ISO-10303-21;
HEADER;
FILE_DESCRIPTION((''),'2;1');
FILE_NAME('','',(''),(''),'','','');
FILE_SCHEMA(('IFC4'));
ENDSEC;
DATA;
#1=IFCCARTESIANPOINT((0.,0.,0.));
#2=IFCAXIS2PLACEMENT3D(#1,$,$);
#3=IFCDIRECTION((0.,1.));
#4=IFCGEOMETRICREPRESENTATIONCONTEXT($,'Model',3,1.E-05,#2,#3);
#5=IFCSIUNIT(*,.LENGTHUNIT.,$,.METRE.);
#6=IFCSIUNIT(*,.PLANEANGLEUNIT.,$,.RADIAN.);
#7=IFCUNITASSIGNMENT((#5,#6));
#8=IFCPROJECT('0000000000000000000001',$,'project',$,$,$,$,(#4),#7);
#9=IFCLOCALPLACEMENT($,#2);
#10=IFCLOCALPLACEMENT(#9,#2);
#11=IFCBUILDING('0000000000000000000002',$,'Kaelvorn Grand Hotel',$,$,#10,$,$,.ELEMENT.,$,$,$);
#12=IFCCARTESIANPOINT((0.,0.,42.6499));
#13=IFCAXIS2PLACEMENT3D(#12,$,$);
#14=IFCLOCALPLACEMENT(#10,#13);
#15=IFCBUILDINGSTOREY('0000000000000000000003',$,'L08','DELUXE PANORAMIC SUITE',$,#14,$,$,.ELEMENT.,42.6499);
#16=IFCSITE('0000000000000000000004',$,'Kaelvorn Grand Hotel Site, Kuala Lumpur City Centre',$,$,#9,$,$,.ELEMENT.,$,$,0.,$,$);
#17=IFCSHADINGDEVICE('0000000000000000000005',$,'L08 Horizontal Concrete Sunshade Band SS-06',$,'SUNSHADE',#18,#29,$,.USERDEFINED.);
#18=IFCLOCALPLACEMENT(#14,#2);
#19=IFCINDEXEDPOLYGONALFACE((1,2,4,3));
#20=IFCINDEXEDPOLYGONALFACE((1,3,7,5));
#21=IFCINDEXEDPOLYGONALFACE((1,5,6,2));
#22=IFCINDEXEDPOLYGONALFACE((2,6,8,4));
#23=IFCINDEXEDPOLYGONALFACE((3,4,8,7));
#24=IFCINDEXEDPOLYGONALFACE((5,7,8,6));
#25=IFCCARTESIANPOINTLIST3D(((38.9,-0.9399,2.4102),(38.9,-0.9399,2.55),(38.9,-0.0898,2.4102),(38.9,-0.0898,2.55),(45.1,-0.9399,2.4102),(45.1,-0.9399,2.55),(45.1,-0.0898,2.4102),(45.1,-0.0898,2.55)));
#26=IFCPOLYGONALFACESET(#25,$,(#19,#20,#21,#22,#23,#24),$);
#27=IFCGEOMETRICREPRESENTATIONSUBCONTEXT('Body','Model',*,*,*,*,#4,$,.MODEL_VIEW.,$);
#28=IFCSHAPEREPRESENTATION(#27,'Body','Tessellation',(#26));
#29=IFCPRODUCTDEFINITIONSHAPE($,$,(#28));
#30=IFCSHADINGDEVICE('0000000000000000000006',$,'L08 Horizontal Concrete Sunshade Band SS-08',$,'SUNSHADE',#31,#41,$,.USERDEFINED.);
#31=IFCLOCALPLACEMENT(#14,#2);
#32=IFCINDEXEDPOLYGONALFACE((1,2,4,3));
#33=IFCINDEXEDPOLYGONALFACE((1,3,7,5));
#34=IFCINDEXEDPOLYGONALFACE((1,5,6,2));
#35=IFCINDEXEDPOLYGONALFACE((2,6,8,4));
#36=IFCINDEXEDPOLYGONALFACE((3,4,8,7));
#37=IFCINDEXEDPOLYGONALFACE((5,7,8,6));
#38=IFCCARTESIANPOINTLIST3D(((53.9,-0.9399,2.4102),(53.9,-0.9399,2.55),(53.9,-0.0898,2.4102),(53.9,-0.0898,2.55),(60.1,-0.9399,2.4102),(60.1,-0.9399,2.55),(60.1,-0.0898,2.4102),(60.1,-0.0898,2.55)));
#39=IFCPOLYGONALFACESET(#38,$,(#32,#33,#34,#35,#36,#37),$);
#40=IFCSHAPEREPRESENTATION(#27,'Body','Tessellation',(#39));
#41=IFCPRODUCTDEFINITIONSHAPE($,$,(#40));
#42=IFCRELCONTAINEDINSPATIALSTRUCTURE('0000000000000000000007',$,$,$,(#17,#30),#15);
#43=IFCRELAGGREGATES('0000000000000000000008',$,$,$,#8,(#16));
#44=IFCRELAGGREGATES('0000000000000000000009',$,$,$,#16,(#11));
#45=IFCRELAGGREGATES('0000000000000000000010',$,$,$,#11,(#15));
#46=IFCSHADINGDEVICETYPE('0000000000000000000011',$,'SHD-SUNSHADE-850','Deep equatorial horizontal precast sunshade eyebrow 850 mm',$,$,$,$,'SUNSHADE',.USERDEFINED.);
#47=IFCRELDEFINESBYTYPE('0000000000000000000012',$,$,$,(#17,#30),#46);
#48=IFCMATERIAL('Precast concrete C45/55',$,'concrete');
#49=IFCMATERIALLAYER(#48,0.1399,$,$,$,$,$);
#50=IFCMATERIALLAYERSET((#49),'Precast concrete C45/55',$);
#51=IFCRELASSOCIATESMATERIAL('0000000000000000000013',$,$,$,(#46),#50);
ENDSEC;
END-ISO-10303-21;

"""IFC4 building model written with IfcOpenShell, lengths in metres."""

from ifc_helpers import new_model, si_unit, direction, frame, origin, origin_2d, place, context, subcontext, project, spatial, rectangle, extrude, material, layer, layer_set, type_object, element, save


model = new_model("IFC4")

# Units and contexts
model_context = context("Model", 3, precision=1e-05, world=origin(), true_north=direction((0.0, 1.0)))
body_context = subcontext(model_context, "Body", "Model", "MODEL_VIEW")
ifc_project = project(units=[si_unit("LENGTHUNIT", "METRE"), si_unit("PLANEANGLEUNIT", "RADIAN")], contexts=[model_context])

# Site, building, storey
site_placement = place(None, origin())
site = spatial("IfcSite", under=ifc_project, at=site_placement, Name="Kaelvorn Grand Hotel Site, Kuala Lumpur City Centre", CompositionType="ELEMENT", RefElevation=0.0)
building_placement = place(site_placement, origin())
building = spatial("IfcBuilding", under=site, at=building_placement, Name="Kaelvorn Grand Hotel", CompositionType="ELEMENT")
storey_placement = place(building_placement, frame((0.0, 0.0, 42.6499)))
storey = spatial("IfcBuildingStorey", under=building, at=storey_placement, Name="L08", Description="DELUXE PANORAMIC SUITE", CompositionType="ELEMENT", Elevation=42.6499)

# Shading devices
ifc_material_1 = material(Name="Precast concrete C45/55", Category="concrete")
ifc_layer_1 = layer(ifc_material_1, 0.1399)
ifc_layer_set_1 = layer_set([ifc_layer_1], Name="Precast concrete C45/55")
shading_device_type_1 = type_object("IfcShadingDeviceType", Name="SHD-SUNSHADE-850", Description="Deep equatorial horizontal precast sunshade eyebrow 850 mm", ElementType="SUNSHADE", PredefinedType="USERDEFINED", material=ifc_layer_set_1)
for number, where, z_axis, x_axis, name in (
    (1, (42.0, -0.5149, 2.4102), (0.0, 0.0, 1.0), (1.0, 0.0, 0.0), "L08 Horizontal Concrete Sunshade Band SS-06"),
    (2, (57.0, -0.5149, 2.4102), (0.0, 0.0, 1.0), (1.0, 0.0, 0.0), "L08 Horizontal Concrete Sunshade Band SS-08"),
):
    element("IfcShadingDevice", number, at=place(storey_placement, frame(where, z_axis=z_axis, x_axis=x_axis)), inside=storey, type_object=shading_device_type_1, Name=name, ObjectType="SUNSHADE", PredefinedType="USERDEFINED", context=body_context, shape_type="SweptSolid", body=[
        extrude(rectangle(XDim=6.2, YDim=0.8501, at=origin_2d()), origin(), (0.0, 0.0, 1.0), 0.1399),
    ])

save(model, "model.ifc")
